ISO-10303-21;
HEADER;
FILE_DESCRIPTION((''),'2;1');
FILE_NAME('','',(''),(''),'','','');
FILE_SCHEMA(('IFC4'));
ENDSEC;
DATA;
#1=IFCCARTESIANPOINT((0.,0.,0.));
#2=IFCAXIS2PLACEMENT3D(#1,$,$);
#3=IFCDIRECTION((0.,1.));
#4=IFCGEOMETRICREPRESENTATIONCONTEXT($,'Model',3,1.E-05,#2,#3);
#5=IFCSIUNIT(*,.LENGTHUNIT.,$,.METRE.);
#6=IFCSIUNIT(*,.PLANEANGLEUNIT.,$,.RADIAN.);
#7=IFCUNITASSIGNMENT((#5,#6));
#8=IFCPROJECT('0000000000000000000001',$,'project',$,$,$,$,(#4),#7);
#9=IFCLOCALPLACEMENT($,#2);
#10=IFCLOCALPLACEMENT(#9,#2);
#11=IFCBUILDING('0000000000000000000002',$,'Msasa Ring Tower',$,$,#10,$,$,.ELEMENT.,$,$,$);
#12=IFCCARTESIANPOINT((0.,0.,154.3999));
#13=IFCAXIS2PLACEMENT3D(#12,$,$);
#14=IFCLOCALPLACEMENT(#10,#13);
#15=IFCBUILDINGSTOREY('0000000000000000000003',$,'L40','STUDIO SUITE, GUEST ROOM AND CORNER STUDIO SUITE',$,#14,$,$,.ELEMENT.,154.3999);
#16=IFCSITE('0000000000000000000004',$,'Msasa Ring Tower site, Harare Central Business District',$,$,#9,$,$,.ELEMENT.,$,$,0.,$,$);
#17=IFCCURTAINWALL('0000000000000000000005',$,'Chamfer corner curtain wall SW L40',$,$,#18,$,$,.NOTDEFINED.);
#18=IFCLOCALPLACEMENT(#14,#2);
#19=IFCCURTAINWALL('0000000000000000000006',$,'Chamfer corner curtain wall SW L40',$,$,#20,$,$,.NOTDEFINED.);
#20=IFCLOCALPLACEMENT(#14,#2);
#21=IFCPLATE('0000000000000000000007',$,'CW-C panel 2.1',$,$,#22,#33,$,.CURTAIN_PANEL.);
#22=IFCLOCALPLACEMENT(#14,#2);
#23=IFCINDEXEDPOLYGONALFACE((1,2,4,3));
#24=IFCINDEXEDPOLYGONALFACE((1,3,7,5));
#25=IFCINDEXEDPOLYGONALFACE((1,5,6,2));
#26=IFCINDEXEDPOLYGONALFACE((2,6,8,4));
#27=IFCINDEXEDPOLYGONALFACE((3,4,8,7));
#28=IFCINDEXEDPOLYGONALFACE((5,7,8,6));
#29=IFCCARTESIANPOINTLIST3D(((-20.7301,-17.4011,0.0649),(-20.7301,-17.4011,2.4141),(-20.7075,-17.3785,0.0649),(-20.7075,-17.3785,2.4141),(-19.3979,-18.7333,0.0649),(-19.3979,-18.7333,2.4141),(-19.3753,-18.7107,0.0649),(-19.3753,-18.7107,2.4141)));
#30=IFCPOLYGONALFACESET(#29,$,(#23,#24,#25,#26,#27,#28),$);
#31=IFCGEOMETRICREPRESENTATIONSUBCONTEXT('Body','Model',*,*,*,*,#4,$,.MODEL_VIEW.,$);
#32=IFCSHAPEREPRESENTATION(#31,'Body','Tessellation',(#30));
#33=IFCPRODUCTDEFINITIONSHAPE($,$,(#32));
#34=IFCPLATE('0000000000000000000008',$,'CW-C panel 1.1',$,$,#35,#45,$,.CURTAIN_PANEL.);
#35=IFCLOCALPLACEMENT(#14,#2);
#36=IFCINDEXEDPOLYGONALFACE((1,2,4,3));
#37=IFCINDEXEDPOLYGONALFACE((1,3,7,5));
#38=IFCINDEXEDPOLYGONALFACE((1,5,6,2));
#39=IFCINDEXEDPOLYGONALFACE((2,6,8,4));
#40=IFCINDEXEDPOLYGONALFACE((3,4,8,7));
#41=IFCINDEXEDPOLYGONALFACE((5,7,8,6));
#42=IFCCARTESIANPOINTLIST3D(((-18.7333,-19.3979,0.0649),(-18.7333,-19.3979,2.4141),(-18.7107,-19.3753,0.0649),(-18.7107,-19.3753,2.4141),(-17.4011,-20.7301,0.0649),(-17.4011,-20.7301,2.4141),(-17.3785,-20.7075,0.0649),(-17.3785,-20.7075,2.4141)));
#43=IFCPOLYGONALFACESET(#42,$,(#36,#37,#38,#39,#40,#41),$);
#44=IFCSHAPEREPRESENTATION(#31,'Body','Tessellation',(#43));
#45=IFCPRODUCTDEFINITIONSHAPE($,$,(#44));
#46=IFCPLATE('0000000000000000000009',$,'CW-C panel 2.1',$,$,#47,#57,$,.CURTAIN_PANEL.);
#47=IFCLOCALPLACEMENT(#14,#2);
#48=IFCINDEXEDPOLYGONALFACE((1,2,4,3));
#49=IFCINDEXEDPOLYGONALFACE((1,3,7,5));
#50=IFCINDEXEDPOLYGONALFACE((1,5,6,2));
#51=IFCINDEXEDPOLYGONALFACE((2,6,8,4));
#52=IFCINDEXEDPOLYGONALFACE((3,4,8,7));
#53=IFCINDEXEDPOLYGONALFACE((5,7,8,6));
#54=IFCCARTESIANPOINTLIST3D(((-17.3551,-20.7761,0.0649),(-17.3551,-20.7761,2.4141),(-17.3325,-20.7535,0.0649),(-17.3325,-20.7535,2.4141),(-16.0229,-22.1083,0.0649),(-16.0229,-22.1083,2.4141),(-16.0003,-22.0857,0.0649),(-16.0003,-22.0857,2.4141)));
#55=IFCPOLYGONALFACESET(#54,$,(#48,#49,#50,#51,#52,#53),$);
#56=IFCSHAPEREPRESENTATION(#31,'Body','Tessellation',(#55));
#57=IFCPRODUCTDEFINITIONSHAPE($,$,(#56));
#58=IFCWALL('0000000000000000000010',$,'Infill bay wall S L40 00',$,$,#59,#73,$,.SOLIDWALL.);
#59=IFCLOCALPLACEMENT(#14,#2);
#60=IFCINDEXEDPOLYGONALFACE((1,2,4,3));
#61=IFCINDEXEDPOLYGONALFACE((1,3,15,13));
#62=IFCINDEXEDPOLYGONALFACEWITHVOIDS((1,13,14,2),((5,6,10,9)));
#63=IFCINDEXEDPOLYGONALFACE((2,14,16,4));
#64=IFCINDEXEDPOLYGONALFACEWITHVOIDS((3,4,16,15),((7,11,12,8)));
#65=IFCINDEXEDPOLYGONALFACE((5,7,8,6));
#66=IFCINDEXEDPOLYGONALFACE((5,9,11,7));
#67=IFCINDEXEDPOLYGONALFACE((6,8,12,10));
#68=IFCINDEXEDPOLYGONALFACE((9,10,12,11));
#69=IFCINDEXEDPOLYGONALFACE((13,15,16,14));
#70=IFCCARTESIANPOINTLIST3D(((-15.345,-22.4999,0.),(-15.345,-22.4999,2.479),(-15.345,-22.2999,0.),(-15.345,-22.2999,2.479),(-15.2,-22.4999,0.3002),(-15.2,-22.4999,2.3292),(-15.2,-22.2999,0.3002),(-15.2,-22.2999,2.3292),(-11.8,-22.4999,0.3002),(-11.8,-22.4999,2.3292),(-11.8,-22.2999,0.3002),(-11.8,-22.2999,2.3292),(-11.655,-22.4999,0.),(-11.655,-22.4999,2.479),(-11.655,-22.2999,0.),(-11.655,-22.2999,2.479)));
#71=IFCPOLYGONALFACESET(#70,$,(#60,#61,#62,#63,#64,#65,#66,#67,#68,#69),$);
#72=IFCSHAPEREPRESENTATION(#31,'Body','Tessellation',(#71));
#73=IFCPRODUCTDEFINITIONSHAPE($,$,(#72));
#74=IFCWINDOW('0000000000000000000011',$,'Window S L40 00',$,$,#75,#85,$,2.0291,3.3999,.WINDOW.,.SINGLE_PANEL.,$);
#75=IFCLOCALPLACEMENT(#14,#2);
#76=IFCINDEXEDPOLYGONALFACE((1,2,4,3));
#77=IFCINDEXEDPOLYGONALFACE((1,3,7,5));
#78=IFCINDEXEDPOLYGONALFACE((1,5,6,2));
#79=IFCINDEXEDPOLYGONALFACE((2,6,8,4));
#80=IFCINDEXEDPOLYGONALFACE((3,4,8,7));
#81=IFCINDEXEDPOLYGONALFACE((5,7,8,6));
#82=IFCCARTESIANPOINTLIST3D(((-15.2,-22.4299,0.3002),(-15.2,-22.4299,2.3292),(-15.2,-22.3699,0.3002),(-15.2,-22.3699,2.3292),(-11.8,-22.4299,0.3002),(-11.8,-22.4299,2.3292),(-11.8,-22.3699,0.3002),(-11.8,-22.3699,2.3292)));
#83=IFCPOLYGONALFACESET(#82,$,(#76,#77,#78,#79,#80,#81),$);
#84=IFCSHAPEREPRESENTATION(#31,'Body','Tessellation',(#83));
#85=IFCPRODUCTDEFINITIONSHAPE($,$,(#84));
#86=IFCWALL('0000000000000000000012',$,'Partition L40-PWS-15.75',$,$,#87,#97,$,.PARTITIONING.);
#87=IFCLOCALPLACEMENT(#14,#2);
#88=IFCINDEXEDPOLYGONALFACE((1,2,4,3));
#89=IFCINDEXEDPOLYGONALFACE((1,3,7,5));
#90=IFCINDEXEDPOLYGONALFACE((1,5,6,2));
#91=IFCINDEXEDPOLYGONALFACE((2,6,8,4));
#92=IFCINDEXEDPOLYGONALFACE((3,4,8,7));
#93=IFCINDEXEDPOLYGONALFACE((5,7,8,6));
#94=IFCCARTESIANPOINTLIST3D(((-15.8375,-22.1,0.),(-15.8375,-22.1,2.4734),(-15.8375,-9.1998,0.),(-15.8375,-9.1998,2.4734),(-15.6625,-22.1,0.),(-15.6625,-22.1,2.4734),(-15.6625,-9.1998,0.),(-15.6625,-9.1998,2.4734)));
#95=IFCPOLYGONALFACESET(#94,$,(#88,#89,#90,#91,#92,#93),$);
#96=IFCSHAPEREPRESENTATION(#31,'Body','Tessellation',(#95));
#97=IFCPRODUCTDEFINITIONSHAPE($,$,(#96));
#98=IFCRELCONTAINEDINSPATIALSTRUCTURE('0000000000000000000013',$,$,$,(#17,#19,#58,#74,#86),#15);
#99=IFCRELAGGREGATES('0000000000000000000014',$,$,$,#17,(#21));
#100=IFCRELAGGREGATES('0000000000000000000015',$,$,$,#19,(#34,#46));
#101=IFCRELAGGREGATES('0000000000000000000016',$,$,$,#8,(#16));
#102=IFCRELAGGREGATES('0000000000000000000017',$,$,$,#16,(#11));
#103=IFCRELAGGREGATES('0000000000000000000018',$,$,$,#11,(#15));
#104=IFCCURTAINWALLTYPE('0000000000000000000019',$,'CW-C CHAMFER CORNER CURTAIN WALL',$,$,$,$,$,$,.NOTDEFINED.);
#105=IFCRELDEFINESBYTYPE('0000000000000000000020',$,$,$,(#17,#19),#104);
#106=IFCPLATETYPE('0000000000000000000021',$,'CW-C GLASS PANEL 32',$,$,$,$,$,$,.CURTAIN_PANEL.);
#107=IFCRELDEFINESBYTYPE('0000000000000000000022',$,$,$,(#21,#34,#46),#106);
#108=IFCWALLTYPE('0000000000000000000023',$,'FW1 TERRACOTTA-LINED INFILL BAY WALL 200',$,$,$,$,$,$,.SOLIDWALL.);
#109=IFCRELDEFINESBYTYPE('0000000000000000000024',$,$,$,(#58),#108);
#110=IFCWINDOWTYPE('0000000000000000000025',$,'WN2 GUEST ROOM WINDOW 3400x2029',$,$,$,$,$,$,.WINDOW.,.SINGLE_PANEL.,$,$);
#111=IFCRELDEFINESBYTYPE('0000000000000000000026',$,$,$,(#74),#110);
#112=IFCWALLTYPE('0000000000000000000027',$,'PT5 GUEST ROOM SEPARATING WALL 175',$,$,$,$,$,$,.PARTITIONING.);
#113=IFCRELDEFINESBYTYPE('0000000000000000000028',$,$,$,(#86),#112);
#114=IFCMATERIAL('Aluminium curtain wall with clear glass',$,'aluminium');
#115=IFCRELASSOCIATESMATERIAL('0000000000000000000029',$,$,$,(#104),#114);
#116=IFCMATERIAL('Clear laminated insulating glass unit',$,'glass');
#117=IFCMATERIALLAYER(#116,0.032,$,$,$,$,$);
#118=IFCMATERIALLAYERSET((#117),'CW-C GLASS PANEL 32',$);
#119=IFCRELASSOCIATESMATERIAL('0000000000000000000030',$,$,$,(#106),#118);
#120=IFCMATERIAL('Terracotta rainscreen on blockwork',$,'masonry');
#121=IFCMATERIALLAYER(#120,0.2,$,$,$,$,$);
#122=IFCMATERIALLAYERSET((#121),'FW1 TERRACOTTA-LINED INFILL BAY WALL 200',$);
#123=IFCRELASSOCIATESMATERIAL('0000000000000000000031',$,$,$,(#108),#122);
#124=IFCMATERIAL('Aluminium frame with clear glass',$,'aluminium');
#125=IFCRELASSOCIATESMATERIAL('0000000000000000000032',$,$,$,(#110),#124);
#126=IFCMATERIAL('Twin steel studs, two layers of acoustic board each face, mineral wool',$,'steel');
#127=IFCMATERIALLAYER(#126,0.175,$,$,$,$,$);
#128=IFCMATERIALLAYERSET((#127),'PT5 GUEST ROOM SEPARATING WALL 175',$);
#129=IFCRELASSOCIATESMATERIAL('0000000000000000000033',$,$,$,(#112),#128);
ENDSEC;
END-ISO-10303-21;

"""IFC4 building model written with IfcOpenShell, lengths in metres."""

from ifc_helpers import new_model, si_unit, direction, frame, frame_2d, origin, origin_2d, place, context, subcontext, project, spatial, rectangle, extrude, material, layer, layer_set, type_object, element, fill, aggregate, save


model = new_model("IFC4")

# Units and contexts
model_context = context("Model", 3, precision=1e-05, world=origin(), true_north=direction((0.0, 1.0)))
body_context = subcontext(model_context, "Body", "Model", "MODEL_VIEW")
ifc_project = project(units=[si_unit("LENGTHUNIT", "METRE"), si_unit("PLANEANGLEUNIT", "RADIAN")], contexts=[model_context])

# Site, building, storey
site_placement = place(None, origin())
site = spatial("IfcSite", under=ifc_project, at=site_placement, Name="Msasa Ring Tower site, Harare Central Business District", CompositionType="ELEMENT", RefElevation=0.0)
building_placement = place(site_placement, origin())
building = spatial("IfcBuilding", under=site, at=building_placement, Name="Msasa Ring Tower", CompositionType="ELEMENT")
storey_placement = place(building_placement, frame((0.0, 0.0, 154.3999)))
storey = spatial("IfcBuildingStorey", under=building, at=storey_placement, Name="L40", Description="STUDIO SUITE, GUEST ROOM AND CORNER STUDIO SUITE", CompositionType="ELEMENT", Elevation=154.3999)

# Curtain walls
ifc_material_1 = material(Name="Aluminium curtain wall with clear glass", Category="aluminium")
curtain_wall_type = type_object("IfcCurtainWallType", Name="CW-C CHAMFER CORNER CURTAIN WALL", PredefinedType="NOTDEFINED", material=ifc_material_1)
curtain_wall_1_placement = place(storey_placement, origin())
curtain_wall_1 = element("IfcCurtainWall", 1, at=curtain_wall_1_placement, inside=storey, type_object=curtain_wall_type, Name="Chamfer corner curtain wall SW L40", PredefinedType="NOTDEFINED")
curtain_wall_2_placement = place(storey_placement, origin())
curtain_wall_2 = element("IfcCurtainWall", 2, at=curtain_wall_2_placement, inside=storey, type_object=curtain_wall_type, Name="Chamfer corner curtain wall SW L40", PredefinedType="NOTDEFINED")

# Plates
ifc_material_2 = material(Name="Clear laminated insulating glass unit", Category="glass")
ifc_layer_1 = layer(ifc_material_2, 0.032)
ifc_layer_set_1 = layer_set([ifc_layer_1], Name="CW-C GLASS PANEL 32")
plate_type = type_object("IfcPlateType", Name="CW-C GLASS PANEL 32", PredefinedType="CURTAIN_PANEL", material=ifc_layer_set_1)
plate_1_placement = place(storey_placement, frame((-20.0527, -18.0559, 0.0649), z_axis=(0.0, 0.0, 1.0), x_axis=(0.707107, -0.707107, 0.0)))
plate_1 = element("IfcPlate", 3, at=plate_1_placement, type_object=plate_type, Name="CW-C panel 2.1", PredefinedType="CURTAIN_PANEL", context=body_context, shape_type="SweptSolid", body=[
    extrude(rectangle(XDim=1.884, YDim=0.032, at=origin_2d()), origin(), (0.0, 0.0, 1.0), 2.3491),
])
aggregate(curtain_wall_1, [plate_1])
plate_2_placement = place(storey_placement, frame((-18.0559, -20.0527, 0.0649), z_axis=(0.0, 0.0, 1.0), x_axis=(0.707107, -0.707107, 0.0)))
plate_2 = element("IfcPlate", 4, at=plate_2_placement, type_object=plate_type, Name="CW-C panel 1.1", PredefinedType="CURTAIN_PANEL", context=body_context, shape_type="SweptSolid", body=[
    extrude(rectangle(XDim=1.884, YDim=0.032, at=origin_2d()), origin(), (0.0, 0.0, 1.0), 2.3491),
])
plate_3_placement = place(storey_placement, frame((-16.6777, -21.4309, 0.0649), z_axis=(0.0, 0.0, 1.0), x_axis=(0.707107, -0.707107, 0.0)))
plate_3 = element("IfcPlate", 5, at=plate_3_placement, type_object=plate_type, Name="CW-C panel 2.1", PredefinedType="CURTAIN_PANEL", context=body_context, shape_type="SweptSolid", body=[
    extrude(rectangle(XDim=1.884, YDim=0.032, at=origin_2d()), origin(), (0.0, 0.0, 1.0), 2.3491),
])
aggregate(curtain_wall_2, [plate_2, plate_3])

# Wall, opening, window
ifc_material_3 = material(Name="Terracotta rainscreen on blockwork", Category="masonry")
ifc_layer_2 = layer(ifc_material_3, 0.2)
ifc_layer_set_2 = layer_set([ifc_layer_2], Name="FW1 TERRACOTTA-LINED INFILL BAY WALL 200")
wall_type_1 = type_object("IfcWallType", Name="FW1 TERRACOTTA-LINED INFILL BAY WALL 200", PredefinedType="SOLIDWALL", material=ifc_layer_set_2)
wall_1_placement = place(storey_placement, frame((-15.345, -22.3999, 0.0), z_axis=(0.0, 0.0, 1.0), x_axis=(1.0, 0.0, 0.0)))
wall_1 = element("IfcWall", 6, at=wall_1_placement, inside=storey, type_object=wall_type_1, Name="Infill bay wall S L40 00", PredefinedType="SOLIDWALL", context=body_context, shape_type="SweptSolid", body=[
    extrude(rectangle(XDim=3.6899, YDim=0.2, at=frame_2d((1.845, 0.0))), origin(), (0.0, 0.0, 1.0), 2.479),
])
opening_placement = place(wall_1_placement, frame((0.145, 0.0, 0.3)))
opening = element("IfcOpeningElement", 7, at=opening_placement, cuts=wall_1, PredefinedType="OPENING", context=body_context, shape_type="SweptSolid", body=[
    extrude(rectangle(XDim=3.3999, YDim=2.0291, at=frame_2d((1.7, 1.0146))), frame((0.0, 0.1099, 0.0), z_axis=(0.0, -1.0, 0.0), x_axis=(1.0, 0.0, 0.0)), (0.0, 0.0, 1.0), 0.22),
])
ifc_material_4 = material(Name="Aluminium frame with clear glass", Category="aluminium")
window_type = type_object("IfcWindowType", Name="WN2 GUEST ROOM WINDOW 3400x2029", PartitioningType="SINGLE_PANEL", PredefinedType="WINDOW", material=ifc_material_4)
window_placement = place(opening_placement, origin())
window = element("IfcWindow", 8, at=window_placement, inside=storey, type_object=window_type, Name="Window S L40 00", OverallHeight=2.0291, OverallWidth=3.3999, PartitioningType="SINGLE_PANEL", PredefinedType="WINDOW", context=body_context, shape_type="SweptSolid", body=[
    extrude(rectangle(XDim=3.3999, YDim=2.0291, at=frame_2d((1.7, 1.0146))), frame((0.0, 0.03, 0.0), z_axis=(0.0, -1.0, 0.0), x_axis=(1.0, 0.0, 0.0)), (0.0, 0.0, 1.0), 0.0601),
])
fill(opening, window)

# Wall
ifc_material_5 = material(Name="Twin steel studs, two layers of acoustic board each face, mineral wool", Category="steel")
ifc_layer_3 = layer(ifc_material_5, 0.175)
ifc_layer_set_3 = layer_set([ifc_layer_3], Name="PT5 GUEST ROOM SEPARATING WALL 175")
wall_type_2 = type_object("IfcWallType", Name="PT5 GUEST ROOM SEPARATING WALL 175", PredefinedType="PARTITIONING", material=ifc_layer_set_3)
wall_2_placement = place(storey_placement, frame((-15.75, -22.1001, 0.0), z_axis=(0.0, 0.0, 1.0), x_axis=(0.0, 1.0, 0.0)))
element("IfcWall", 9, at=wall_2_placement, inside=storey, type_object=wall_type_2, Name="Partition L40-PWS-15.75", PredefinedType="PARTITIONING", context=body_context, shape_type="SweptSolid", body=[
    extrude(rectangle(XDim=12.9001, YDim=0.175, at=frame_2d((6.4502, 0.0))), origin(), (0.0, 0.0, 1.0), 2.4734),
])

save(model, "model.ifc")
